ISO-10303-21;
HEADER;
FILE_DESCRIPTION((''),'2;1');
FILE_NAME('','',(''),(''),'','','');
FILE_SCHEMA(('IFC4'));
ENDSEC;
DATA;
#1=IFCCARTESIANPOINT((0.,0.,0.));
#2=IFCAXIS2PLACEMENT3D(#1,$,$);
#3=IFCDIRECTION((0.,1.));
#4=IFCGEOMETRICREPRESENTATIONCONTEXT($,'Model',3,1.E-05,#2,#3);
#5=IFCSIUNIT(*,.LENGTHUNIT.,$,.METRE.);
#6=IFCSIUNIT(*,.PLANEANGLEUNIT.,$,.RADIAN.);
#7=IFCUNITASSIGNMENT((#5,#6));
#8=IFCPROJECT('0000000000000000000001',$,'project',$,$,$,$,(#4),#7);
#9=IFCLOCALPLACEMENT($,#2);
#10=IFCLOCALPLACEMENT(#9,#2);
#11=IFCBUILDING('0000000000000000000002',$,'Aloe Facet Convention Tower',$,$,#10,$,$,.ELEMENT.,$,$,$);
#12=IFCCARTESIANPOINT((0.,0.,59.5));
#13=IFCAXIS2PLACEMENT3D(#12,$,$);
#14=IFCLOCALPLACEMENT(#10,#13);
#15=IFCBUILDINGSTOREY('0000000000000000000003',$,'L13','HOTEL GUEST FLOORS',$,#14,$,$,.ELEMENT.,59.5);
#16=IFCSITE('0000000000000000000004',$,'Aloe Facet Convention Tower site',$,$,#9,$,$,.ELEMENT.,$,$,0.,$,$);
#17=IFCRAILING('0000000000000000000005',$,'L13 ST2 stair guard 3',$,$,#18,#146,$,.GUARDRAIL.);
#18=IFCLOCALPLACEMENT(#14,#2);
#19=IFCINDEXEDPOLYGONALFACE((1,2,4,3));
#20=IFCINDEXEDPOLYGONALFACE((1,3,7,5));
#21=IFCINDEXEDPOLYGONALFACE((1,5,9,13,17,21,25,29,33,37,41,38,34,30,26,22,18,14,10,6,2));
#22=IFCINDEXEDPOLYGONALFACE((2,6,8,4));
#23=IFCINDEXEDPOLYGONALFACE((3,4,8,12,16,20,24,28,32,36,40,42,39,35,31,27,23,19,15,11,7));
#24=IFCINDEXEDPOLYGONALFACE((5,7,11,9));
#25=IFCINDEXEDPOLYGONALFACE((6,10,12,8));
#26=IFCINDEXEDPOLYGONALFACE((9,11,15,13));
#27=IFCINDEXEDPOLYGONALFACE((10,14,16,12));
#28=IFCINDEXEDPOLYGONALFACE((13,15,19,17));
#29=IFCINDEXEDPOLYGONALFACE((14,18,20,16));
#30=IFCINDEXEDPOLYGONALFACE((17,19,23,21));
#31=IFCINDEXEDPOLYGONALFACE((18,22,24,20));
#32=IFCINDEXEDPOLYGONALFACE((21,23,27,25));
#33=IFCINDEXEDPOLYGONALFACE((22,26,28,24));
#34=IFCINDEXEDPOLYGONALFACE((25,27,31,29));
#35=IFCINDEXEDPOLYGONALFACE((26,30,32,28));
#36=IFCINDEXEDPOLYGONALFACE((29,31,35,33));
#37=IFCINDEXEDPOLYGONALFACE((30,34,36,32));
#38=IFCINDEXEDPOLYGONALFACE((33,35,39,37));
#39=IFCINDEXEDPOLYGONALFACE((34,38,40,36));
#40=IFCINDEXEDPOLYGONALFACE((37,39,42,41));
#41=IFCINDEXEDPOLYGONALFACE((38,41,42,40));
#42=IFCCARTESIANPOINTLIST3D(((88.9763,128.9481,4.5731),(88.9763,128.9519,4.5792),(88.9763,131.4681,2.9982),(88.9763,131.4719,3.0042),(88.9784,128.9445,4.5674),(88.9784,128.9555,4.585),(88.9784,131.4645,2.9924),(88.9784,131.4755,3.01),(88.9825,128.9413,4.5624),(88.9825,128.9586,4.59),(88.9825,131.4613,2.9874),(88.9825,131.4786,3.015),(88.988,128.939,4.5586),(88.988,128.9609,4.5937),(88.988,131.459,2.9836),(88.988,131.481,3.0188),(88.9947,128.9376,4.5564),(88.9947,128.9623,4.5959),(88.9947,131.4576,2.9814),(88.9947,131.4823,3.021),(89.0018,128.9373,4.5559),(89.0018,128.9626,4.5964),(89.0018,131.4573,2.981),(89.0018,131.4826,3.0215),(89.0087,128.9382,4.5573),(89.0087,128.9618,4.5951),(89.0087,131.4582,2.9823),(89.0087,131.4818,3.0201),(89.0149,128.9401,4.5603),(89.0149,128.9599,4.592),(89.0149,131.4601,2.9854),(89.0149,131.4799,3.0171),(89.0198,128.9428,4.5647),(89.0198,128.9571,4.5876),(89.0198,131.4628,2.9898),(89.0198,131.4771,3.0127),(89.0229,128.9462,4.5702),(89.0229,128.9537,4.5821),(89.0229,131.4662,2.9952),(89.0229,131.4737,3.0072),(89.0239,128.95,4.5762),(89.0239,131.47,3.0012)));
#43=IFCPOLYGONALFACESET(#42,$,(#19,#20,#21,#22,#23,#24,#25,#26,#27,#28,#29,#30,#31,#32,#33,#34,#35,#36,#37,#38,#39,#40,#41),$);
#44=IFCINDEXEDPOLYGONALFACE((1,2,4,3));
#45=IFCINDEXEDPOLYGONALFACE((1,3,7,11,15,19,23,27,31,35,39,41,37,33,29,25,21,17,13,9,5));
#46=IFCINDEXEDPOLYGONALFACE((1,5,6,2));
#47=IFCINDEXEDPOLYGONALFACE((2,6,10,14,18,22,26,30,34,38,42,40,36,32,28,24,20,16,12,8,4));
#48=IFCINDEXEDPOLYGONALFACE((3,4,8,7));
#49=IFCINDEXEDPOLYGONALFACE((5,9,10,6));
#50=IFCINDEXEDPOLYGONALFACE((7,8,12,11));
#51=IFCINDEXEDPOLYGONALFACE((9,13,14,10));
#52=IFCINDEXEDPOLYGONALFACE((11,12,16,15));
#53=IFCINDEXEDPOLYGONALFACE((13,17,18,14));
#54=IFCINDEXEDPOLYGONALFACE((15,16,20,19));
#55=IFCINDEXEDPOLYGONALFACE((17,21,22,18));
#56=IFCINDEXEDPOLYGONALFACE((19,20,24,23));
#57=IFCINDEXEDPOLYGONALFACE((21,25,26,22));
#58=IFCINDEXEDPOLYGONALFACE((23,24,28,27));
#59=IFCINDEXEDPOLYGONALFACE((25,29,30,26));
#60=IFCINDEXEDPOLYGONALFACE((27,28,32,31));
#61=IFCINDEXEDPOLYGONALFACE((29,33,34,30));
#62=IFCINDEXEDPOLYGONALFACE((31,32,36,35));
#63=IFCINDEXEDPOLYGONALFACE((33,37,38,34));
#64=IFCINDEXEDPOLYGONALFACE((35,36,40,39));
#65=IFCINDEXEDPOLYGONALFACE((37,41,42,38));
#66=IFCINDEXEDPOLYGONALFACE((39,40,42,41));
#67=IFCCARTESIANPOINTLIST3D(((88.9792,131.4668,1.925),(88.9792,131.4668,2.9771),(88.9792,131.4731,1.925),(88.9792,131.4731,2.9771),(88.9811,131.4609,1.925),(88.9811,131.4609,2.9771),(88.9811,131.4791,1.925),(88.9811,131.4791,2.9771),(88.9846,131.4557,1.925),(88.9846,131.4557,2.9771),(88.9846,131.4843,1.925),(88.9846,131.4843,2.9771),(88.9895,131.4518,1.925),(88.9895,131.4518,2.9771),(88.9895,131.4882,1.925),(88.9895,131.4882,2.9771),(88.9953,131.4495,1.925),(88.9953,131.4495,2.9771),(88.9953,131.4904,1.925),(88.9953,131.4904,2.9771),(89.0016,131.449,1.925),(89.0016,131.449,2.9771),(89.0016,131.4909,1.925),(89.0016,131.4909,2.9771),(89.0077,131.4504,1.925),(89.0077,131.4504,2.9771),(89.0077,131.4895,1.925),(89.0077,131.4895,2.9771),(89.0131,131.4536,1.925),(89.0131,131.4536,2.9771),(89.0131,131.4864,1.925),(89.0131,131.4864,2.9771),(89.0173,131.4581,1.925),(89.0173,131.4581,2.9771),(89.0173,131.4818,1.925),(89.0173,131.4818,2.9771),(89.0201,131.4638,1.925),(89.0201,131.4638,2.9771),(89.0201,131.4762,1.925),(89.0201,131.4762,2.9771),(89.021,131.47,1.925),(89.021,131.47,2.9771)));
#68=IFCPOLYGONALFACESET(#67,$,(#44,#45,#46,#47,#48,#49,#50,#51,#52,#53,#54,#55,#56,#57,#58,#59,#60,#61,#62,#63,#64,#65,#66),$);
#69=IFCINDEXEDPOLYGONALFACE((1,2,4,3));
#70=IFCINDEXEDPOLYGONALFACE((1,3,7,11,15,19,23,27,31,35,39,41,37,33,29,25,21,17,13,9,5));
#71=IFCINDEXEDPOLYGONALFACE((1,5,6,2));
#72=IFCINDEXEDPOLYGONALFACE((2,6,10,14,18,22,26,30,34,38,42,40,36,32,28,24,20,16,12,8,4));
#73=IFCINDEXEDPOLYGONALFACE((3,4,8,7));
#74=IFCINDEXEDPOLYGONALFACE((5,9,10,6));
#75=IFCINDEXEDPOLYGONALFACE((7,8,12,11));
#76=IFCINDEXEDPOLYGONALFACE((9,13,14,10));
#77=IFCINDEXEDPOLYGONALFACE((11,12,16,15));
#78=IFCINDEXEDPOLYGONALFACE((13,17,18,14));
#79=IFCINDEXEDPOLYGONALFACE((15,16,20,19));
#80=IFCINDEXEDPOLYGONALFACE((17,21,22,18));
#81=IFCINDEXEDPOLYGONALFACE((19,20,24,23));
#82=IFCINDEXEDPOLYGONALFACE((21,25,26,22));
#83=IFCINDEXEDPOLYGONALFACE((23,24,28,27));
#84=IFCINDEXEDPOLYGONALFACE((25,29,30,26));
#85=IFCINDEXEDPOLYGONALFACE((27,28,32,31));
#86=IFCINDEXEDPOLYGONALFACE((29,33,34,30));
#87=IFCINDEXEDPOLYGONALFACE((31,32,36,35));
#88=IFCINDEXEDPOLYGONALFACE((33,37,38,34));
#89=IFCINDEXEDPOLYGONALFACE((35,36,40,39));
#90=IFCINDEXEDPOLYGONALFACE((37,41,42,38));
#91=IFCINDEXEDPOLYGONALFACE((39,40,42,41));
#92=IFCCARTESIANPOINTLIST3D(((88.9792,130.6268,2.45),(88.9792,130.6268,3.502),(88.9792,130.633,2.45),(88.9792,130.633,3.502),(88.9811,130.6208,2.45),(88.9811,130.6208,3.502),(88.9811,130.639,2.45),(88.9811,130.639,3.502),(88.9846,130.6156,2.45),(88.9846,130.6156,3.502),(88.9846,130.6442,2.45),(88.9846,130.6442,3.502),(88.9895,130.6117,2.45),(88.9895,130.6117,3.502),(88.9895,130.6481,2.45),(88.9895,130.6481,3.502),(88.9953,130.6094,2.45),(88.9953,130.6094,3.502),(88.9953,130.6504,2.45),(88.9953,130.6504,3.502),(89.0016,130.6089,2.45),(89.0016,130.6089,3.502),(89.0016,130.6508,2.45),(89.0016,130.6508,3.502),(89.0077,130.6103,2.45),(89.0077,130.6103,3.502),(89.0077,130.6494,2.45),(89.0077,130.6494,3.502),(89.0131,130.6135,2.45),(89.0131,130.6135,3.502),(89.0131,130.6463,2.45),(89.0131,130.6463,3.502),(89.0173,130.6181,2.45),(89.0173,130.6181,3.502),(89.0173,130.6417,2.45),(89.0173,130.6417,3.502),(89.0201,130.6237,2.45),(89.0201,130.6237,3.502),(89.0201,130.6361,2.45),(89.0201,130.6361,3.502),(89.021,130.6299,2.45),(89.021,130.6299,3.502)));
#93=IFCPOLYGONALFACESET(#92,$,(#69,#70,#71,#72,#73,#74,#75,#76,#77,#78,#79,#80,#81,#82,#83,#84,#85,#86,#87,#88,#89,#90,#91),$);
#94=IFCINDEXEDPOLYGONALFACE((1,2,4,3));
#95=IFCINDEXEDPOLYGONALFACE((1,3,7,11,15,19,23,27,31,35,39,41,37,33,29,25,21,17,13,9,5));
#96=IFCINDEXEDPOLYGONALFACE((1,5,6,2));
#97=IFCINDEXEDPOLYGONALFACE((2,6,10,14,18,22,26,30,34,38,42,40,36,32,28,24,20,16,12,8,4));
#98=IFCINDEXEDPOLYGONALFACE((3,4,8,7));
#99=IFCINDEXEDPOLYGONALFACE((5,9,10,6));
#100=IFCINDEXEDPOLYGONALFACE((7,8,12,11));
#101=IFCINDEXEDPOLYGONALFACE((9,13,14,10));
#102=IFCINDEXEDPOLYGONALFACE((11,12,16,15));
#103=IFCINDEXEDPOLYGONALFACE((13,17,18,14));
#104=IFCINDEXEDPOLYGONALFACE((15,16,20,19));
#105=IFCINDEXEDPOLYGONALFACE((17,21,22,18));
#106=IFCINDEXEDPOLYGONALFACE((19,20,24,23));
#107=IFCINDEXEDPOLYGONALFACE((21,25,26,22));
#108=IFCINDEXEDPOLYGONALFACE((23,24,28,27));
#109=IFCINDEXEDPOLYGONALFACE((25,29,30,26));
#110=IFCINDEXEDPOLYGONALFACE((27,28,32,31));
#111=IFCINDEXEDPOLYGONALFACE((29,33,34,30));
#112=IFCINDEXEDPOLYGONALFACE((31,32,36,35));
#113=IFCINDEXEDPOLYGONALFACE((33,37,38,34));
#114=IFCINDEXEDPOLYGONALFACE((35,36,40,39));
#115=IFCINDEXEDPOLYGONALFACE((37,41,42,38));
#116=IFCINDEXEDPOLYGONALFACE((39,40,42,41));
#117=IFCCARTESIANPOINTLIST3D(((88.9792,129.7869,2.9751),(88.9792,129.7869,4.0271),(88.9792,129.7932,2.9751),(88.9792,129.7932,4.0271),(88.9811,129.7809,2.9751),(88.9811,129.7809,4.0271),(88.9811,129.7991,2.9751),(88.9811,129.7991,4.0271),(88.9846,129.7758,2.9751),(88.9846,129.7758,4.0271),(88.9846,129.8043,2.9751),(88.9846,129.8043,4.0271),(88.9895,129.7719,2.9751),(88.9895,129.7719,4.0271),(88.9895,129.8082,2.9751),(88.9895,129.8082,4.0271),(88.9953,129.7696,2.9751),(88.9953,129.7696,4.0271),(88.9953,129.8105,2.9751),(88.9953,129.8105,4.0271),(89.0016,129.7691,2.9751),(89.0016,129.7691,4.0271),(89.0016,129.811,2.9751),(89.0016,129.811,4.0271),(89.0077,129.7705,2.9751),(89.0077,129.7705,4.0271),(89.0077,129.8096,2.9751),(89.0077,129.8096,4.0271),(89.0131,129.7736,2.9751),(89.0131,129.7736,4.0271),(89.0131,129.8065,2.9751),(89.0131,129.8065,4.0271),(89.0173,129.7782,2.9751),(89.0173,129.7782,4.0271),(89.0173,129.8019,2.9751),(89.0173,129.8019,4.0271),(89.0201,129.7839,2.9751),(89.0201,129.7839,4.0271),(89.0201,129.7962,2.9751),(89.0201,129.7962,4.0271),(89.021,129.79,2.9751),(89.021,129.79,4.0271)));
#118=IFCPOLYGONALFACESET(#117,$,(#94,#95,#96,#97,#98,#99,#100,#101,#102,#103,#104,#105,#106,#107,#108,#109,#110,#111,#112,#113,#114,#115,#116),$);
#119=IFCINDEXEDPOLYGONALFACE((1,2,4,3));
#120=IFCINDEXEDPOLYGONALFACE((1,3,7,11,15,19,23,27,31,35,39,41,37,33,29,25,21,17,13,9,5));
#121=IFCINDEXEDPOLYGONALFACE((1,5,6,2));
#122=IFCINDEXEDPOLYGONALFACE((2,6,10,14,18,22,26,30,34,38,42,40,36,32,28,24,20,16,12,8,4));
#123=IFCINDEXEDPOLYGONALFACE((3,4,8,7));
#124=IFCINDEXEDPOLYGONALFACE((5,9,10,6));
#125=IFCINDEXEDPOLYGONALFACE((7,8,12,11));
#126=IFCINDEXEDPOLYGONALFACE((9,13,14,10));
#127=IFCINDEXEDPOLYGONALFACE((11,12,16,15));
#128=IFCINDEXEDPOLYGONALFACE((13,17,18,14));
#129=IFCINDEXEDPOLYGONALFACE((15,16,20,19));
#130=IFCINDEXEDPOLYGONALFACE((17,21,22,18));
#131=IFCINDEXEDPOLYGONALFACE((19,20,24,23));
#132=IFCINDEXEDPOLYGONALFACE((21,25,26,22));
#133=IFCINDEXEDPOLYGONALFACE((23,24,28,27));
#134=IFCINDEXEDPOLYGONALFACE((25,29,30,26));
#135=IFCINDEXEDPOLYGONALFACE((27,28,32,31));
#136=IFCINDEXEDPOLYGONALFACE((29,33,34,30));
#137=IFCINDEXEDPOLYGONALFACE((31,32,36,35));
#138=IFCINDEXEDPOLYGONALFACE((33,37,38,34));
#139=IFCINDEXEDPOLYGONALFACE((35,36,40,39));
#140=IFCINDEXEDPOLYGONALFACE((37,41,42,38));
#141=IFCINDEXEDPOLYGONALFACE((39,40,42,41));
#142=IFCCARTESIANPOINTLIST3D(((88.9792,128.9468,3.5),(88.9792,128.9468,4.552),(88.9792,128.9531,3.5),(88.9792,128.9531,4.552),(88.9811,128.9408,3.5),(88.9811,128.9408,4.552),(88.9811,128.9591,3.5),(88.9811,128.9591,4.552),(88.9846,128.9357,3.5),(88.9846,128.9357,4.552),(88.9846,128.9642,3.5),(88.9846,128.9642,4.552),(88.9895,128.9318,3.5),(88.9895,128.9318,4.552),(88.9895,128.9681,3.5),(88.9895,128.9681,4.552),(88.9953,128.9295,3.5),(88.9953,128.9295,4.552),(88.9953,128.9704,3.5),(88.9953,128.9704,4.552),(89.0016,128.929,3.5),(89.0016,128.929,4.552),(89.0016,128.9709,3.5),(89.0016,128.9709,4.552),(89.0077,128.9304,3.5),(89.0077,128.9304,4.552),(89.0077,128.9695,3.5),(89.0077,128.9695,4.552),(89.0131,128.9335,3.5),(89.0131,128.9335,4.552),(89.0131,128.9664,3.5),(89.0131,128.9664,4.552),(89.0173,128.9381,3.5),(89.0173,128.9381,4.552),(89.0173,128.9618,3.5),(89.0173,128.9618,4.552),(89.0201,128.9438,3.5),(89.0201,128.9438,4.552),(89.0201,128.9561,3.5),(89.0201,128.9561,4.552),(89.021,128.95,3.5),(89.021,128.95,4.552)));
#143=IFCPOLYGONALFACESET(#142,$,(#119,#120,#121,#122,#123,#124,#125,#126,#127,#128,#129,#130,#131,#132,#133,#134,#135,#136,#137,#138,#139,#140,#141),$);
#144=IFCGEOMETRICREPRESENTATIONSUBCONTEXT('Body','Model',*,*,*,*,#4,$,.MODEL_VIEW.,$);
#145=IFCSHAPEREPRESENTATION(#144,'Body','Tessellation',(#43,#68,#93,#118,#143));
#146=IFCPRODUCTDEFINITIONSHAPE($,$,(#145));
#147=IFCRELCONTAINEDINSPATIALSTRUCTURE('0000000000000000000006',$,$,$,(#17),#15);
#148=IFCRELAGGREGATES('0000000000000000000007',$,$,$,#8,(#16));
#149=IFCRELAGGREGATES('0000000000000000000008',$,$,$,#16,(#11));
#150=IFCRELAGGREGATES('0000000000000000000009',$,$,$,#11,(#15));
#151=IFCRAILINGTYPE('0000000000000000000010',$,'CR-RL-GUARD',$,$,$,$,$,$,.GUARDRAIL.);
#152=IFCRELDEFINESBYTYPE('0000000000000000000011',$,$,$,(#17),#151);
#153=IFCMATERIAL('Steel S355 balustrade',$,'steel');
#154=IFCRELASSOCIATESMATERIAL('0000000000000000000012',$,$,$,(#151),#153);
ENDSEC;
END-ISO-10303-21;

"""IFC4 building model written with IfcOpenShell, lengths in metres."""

from ifc_helpers import new_model, si_unit, direction, frame, origin, origin_2d, place, context, subcontext, project, spatial, circle, extrude, material, type_object, element, save


model = new_model("IFC4")

# Units and contexts
model_context = context("Model", 3, precision=1e-05, world=origin(), true_north=direction((0.0, 1.0)))
body_context = subcontext(model_context, "Body", "Model", "MODEL_VIEW")
ifc_project = project(units=[si_unit("LENGTHUNIT", "METRE"), si_unit("PLANEANGLEUNIT", "RADIAN")], contexts=[model_context])

# Site, building, storey
site_placement = place(None, origin())
site = spatial("IfcSite", under=ifc_project, at=site_placement, Name="Aloe Facet Convention Tower site", CompositionType="ELEMENT", RefElevation=0.0)
building_placement = place(site_placement, origin())
building = spatial("IfcBuilding", under=site, at=building_placement, Name="Aloe Facet Convention Tower", CompositionType="ELEMENT")
storey_placement = place(building_placement, frame((0.0, 0.0, 59.5)))
storey = spatial("IfcBuildingStorey", under=building, at=storey_placement, Name="L13", Description="HOTEL GUEST FLOORS", CompositionType="ELEMENT", Elevation=59.5)

# Railing
ifc_material_1 = material(Name="Steel S355 balustrade", Category="steel")
railing_type_1 = type_object("IfcRailingType", Name="CR-RL-GUARD", PredefinedType="GUARDRAIL", material=ifc_material_1)
railing_1_placement = place(storey_placement, frame((89.0, 131.47, 1.925)))
element("IfcRailing", 1, at=railing_1_placement, inside=storey, type_object=railing_type_1, Name="L13 ST2 stair guard 3", PredefinedType="GUARDRAIL", context=body_context, shape_type="SweptSolid", body=[
    extrude(circle(Radius=0.0239, at=origin_2d()), frame((0.0, 0.0, 1.0762), z_axis=(0.0, -0.848008, 0.529984), x_axis=(1.0, 0.0, 0.0)), (0.0, 0.0, 1.0), 2.9717),
    extrude(circle(Radius=0.021, at=origin_2d()), origin(), (0.0, 0.0, 1.0), 1.052),
    extrude(circle(Radius=0.021, at=origin_2d()), frame((0.0, -0.8401, 0.5249)), (0.0, 0.0, 1.0), 1.052),
    extrude(circle(Radius=0.021, at=origin_2d()), frame((0.0, -1.6799, 1.05)), (0.0, 0.0, 1.0), 1.052),
    extrude(circle(Radius=0.021, at=origin_2d()), frame((0.0, -2.52, 1.575)), (0.0, 0.0, 1.0), 1.052),
])

save(model, "model.ifc")
